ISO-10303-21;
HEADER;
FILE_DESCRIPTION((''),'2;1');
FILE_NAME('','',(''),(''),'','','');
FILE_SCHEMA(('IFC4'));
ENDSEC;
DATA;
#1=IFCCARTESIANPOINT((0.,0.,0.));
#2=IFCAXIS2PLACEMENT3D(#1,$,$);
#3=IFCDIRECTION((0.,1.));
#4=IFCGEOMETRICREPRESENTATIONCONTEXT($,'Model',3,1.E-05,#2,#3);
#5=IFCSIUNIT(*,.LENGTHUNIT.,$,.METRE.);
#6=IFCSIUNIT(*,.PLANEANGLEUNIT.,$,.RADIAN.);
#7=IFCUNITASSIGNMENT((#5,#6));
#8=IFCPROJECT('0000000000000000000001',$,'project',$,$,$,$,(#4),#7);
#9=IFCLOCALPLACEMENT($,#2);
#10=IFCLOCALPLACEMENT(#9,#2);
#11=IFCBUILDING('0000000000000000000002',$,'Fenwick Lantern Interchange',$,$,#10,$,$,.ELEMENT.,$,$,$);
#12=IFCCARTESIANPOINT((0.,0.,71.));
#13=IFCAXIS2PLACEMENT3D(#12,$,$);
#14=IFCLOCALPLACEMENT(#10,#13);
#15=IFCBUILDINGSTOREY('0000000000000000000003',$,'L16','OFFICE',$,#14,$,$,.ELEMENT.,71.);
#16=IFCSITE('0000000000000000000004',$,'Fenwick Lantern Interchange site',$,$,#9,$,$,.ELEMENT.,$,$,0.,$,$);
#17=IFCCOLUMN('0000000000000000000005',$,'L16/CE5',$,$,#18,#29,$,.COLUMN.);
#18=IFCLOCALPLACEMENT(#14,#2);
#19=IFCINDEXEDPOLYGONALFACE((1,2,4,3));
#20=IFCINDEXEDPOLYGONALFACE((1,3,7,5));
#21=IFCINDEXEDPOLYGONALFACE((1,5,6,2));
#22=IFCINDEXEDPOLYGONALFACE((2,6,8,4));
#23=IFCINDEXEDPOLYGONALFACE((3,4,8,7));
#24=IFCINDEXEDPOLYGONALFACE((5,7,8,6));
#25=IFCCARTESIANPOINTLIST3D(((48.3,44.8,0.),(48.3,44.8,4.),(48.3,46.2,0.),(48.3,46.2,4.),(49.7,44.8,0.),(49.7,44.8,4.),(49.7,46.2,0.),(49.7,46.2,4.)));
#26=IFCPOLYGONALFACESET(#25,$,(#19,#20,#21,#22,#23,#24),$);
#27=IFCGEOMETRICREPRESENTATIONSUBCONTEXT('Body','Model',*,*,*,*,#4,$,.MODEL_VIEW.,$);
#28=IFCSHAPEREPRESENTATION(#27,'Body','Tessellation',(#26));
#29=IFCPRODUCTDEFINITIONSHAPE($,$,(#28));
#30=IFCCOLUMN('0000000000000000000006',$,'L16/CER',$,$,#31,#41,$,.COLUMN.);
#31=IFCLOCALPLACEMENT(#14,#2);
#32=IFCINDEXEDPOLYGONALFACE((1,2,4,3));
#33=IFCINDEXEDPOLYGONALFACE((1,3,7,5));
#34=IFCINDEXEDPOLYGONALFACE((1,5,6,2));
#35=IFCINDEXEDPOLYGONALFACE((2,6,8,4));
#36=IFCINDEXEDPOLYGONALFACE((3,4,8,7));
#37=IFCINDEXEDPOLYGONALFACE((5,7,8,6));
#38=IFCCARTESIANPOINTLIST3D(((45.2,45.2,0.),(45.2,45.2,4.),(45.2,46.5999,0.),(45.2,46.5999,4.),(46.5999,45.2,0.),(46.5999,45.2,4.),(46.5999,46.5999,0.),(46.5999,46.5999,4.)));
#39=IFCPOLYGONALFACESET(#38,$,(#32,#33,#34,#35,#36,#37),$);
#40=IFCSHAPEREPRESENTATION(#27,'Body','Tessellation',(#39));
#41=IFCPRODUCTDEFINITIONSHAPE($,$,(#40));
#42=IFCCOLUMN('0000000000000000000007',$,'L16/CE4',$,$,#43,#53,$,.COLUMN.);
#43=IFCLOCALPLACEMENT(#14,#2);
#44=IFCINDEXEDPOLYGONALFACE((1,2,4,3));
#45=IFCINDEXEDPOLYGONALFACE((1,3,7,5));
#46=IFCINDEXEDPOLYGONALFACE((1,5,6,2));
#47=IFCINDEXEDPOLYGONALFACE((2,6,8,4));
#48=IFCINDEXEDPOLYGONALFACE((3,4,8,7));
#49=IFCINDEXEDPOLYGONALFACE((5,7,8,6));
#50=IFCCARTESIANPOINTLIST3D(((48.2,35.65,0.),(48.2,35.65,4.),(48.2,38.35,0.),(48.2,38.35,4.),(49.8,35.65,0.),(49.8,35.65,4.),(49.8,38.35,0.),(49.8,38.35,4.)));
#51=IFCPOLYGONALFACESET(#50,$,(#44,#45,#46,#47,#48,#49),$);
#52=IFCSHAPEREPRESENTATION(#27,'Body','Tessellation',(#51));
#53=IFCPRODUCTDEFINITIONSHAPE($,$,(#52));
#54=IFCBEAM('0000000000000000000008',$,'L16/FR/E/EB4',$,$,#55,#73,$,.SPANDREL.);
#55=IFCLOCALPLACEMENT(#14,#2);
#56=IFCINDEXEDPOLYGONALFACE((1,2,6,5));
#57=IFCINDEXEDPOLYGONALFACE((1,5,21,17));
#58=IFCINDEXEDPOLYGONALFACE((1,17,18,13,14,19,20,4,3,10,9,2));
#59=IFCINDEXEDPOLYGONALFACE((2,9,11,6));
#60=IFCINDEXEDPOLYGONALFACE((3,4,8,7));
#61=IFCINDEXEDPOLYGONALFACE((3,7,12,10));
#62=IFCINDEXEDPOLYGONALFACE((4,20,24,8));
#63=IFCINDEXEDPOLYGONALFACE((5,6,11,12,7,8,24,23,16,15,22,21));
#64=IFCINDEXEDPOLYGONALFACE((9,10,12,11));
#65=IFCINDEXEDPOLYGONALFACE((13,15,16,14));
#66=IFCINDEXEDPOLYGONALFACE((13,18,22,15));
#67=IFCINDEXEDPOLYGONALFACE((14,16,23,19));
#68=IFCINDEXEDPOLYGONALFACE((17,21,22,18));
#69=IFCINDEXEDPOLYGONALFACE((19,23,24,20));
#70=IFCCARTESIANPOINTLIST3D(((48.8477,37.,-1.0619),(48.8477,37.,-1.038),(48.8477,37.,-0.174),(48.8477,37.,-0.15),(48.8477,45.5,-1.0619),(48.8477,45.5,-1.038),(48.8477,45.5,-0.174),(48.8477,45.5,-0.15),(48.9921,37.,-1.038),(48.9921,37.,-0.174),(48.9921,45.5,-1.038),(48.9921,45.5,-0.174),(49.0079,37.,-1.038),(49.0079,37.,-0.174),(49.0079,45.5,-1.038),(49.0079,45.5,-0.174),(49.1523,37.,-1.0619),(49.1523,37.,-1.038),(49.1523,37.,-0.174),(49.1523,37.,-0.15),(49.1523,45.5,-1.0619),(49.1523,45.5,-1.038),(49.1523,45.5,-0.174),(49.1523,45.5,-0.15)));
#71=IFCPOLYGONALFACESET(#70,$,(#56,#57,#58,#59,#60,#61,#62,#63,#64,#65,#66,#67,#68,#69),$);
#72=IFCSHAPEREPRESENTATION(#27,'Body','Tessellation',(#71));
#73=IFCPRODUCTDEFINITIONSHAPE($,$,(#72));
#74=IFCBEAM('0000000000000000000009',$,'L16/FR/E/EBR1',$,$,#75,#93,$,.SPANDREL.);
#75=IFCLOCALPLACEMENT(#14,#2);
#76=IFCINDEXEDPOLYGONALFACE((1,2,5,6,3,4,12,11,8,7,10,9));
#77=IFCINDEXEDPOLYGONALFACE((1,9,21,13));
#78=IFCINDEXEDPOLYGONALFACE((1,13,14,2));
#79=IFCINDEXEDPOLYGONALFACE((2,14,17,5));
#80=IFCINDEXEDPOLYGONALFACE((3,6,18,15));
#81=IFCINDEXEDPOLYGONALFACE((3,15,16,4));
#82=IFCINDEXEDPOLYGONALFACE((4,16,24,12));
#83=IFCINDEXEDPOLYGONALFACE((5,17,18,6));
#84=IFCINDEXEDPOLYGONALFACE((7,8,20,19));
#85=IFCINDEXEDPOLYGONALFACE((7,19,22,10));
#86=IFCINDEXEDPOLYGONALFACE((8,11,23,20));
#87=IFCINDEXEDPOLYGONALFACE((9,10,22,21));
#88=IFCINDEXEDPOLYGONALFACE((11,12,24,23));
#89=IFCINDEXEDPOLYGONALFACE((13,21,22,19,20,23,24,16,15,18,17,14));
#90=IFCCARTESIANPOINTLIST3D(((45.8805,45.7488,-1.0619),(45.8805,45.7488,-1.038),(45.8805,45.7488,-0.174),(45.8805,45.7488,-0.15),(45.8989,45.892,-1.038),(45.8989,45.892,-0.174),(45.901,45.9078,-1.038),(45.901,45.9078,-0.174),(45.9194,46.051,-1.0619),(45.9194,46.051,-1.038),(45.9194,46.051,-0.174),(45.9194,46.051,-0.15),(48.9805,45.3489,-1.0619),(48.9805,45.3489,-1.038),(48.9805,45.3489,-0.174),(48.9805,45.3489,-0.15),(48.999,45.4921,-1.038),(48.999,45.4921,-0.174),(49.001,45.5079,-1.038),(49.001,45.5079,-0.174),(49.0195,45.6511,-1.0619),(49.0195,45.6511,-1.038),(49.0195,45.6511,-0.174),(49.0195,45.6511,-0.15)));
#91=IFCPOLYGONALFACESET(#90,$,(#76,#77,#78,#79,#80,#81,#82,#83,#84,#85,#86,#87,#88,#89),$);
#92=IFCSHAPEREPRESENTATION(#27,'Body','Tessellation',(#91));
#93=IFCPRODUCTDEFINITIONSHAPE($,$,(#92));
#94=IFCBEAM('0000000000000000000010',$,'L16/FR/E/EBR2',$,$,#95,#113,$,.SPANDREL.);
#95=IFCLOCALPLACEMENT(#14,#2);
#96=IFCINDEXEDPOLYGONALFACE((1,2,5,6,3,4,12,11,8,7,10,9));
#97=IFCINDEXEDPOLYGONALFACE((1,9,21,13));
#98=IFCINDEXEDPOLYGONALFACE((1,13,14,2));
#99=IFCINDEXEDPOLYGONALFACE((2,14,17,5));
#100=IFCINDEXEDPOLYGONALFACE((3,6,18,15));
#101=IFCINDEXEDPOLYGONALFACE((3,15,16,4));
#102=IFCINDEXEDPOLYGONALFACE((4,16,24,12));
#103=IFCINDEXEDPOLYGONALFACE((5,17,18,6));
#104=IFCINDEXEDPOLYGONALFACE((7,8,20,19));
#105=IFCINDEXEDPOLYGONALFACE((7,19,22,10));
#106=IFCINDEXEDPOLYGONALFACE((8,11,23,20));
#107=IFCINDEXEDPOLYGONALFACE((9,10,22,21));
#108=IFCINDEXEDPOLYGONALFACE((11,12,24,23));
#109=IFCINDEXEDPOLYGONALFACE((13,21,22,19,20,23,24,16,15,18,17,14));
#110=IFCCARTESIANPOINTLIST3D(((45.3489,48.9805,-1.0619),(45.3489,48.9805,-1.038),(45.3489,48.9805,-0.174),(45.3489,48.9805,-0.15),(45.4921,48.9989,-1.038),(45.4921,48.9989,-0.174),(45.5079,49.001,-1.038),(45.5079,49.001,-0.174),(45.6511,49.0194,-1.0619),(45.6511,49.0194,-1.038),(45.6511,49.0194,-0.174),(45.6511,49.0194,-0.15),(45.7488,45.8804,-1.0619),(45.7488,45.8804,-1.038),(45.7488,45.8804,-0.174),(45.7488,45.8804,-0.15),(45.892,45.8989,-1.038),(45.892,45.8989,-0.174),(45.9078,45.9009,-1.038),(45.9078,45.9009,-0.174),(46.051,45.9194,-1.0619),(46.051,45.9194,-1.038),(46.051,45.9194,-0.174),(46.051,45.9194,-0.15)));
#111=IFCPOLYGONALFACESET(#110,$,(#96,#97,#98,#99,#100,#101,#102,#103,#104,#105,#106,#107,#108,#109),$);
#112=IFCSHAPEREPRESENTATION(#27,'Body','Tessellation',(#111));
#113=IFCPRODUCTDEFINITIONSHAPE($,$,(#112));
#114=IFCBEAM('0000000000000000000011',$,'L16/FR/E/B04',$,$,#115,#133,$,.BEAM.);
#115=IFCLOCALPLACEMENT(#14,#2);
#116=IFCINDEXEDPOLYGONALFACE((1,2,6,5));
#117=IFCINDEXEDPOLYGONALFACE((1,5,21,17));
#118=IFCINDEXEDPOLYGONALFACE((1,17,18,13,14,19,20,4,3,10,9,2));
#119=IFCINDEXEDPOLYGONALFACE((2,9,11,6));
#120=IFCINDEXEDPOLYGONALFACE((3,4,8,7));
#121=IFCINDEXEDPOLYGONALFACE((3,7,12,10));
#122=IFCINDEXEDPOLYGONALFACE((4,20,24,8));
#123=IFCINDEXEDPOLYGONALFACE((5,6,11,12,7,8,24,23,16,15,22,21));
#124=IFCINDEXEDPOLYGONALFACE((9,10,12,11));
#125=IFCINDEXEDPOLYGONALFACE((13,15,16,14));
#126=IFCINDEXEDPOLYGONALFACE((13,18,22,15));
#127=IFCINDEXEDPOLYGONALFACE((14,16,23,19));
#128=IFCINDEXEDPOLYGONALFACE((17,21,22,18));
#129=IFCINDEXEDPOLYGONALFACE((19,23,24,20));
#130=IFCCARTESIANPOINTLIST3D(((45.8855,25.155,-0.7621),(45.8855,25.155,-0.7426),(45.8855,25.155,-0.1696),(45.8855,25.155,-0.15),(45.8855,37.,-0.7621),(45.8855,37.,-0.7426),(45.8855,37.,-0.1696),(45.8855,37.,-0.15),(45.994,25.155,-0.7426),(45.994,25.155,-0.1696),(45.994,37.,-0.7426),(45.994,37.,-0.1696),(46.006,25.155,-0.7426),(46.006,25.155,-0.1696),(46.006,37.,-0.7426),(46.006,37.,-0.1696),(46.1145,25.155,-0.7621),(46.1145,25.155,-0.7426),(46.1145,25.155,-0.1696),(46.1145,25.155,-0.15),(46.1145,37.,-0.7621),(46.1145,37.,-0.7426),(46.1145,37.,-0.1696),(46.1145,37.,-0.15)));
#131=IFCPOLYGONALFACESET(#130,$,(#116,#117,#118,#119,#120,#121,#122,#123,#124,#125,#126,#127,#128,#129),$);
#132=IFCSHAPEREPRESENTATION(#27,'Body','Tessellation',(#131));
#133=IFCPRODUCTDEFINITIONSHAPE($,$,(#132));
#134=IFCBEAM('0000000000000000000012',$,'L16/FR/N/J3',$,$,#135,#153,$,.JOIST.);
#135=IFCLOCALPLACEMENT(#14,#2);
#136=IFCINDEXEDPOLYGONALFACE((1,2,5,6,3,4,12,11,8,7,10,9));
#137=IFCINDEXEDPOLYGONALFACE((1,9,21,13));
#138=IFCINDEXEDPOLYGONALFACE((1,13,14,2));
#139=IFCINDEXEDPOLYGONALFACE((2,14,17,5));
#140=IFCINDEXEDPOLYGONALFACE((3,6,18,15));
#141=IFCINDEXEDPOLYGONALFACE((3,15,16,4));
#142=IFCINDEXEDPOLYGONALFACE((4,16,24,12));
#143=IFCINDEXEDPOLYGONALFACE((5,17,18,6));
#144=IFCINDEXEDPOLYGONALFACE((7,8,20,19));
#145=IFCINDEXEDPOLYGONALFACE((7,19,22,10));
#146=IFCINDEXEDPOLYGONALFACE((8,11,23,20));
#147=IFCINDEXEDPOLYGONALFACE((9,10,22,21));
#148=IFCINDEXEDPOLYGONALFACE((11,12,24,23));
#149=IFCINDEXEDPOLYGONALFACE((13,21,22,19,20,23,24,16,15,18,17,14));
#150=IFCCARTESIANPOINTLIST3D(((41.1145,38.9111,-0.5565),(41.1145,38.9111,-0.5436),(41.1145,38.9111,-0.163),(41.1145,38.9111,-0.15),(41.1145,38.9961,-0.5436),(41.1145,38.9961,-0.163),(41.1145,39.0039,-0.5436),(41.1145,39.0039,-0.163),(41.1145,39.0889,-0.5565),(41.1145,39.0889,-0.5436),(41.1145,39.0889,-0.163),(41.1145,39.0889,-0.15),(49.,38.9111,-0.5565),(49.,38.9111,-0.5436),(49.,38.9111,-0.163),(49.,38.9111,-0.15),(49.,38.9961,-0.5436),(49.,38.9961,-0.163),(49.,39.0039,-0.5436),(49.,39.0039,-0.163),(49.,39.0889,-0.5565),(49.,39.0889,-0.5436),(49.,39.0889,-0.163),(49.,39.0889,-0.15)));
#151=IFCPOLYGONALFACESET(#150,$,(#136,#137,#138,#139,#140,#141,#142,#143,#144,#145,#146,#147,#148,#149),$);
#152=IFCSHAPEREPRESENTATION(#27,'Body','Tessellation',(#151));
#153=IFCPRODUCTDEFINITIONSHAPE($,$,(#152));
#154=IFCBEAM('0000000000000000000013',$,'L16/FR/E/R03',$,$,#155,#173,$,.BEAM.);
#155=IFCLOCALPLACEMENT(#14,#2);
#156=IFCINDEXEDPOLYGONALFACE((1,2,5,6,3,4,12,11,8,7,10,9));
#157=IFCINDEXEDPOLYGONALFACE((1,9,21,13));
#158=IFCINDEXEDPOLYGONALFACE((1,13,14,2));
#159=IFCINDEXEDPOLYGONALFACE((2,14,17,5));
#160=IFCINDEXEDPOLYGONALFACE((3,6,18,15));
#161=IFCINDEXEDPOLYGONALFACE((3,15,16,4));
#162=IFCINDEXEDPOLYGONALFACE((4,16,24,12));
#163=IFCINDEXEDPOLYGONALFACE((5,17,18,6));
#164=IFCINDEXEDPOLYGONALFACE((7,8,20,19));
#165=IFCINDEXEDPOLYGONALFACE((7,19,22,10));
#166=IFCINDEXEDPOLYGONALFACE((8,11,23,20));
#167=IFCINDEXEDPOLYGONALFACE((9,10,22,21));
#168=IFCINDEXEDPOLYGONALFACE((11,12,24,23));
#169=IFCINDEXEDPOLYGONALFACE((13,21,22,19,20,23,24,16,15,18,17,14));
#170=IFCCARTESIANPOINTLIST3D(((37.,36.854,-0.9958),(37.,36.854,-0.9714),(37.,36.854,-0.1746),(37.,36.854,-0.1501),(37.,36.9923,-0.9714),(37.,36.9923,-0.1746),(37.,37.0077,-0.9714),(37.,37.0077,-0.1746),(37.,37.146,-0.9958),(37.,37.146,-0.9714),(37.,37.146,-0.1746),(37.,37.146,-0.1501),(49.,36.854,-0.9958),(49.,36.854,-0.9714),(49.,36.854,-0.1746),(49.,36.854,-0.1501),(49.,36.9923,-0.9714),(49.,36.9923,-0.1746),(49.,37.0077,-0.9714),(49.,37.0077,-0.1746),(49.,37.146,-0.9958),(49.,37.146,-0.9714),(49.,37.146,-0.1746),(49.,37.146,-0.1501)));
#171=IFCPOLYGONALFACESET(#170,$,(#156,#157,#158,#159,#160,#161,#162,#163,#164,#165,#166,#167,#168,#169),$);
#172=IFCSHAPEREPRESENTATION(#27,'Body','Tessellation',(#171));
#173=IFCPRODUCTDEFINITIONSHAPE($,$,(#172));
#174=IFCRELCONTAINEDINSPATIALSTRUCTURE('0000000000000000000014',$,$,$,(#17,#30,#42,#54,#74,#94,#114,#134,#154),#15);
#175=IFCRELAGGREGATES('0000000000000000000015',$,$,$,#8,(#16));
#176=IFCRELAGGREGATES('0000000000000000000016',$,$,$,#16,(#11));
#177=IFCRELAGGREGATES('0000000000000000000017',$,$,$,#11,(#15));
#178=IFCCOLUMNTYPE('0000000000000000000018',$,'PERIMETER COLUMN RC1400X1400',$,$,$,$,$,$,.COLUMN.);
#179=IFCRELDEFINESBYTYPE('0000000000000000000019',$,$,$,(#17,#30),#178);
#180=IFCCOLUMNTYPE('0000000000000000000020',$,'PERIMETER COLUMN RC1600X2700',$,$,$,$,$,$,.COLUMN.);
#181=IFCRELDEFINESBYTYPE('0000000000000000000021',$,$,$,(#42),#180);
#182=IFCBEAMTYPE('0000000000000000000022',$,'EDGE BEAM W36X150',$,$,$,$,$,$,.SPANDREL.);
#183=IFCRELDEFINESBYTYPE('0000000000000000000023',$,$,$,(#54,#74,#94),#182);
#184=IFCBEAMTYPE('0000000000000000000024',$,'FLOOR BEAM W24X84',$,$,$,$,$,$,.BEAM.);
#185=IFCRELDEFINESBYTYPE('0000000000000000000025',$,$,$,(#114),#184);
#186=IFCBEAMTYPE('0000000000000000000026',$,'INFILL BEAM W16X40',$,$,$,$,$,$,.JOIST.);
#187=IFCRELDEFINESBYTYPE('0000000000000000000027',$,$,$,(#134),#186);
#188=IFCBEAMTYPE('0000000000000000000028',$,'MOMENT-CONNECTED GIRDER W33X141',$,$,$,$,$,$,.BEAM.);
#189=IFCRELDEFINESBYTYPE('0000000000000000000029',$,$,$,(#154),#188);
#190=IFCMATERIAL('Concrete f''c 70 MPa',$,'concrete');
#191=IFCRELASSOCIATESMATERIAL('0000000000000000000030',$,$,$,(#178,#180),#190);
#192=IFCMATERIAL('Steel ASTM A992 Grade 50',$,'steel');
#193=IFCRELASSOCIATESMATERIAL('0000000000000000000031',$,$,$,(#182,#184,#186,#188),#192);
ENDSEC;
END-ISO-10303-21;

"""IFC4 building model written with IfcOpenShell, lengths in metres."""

from ifc_helpers import new_model, si_unit, direction, frame, origin, origin_2d, place, context, subcontext, project, spatial, rectangle, i_section, extrude, material, material_profile, profile_set, type_object, element, save


model = new_model("IFC4")

# Units and contexts
model_context = context("Model", 3, precision=1e-05, world=origin(), true_north=direction((0.0, 1.0)))
body_context = subcontext(model_context, "Body", "Model", "MODEL_VIEW")
ifc_project = project(units=[si_unit("LENGTHUNIT", "METRE"), si_unit("PLANEANGLEUNIT", "RADIAN")], contexts=[model_context])

# Site, building, storey
site_placement = place(None, origin())
site = spatial("IfcSite", under=ifc_project, at=site_placement, Name="Fenwick Lantern Interchange site", CompositionType="ELEMENT", RefElevation=0.0)
building_placement = place(site_placement, origin())
building = spatial("IfcBuilding", under=site, at=building_placement, Name="Fenwick Lantern Interchange", CompositionType="ELEMENT")
storey_placement = place(building_placement, frame((0.0, 0.0, 71.0)))
storey = spatial("IfcBuildingStorey", under=building, at=storey_placement, Name="L16", Description="OFFICE", CompositionType="ELEMENT", Elevation=71.0)

# Columns
ifc_material_1 = material(Name="Concrete f'c 70 MPa", Category="concrete")
ifc_material_profile_1 = material_profile(ifc_material_1, rectangle(XDim=1.3999, YDim=1.3999, at=origin_2d()), Name="RC1400X1400")
ifc_profile_set_1 = profile_set([ifc_material_profile_1], Name="Concrete f'c 70 MPa")
column_type_1 = type_object("IfcColumnType", Name="PERIMETER COLUMN RC1400X1400", PredefinedType="COLUMN", material=ifc_profile_set_1)
for number, where, z_axis, x_axis, name in (
    (1, (49.0, 45.5, 0.0), (0.0, 0.0, 1.0), (1.0, 0.0, 0.0), "L16/CE5"),
    (2, (45.8999, 45.8999, 0.0), (0.0, 0.0, 1.0), (1.0, 0.0, 0.0), "L16/CER"),
):
    element("IfcColumn", number, at=place(storey_placement, frame(where, z_axis=z_axis, x_axis=x_axis)), inside=storey, type_object=column_type_1, Name=name, PredefinedType="COLUMN", context=body_context, shape_type="SweptSolid", body=[
        extrude(rectangle(XDim=1.3999, YDim=1.3999, at=origin_2d()), origin(), (0.0, 0.0, 1.0), 4.0),
    ])
ifc_material_profile_2 = material_profile(ifc_material_1, rectangle(XDim=1.6001, YDim=2.7, at=origin_2d()), Name="RC1600X2700")
ifc_profile_set_2 = profile_set([ifc_material_profile_2], Name="Concrete f'c 70 MPa")
column_type_2 = type_object("IfcColumnType", Name="PERIMETER COLUMN RC1600X2700", PredefinedType="COLUMN", material=ifc_profile_set_2)
column_placement = place(storey_placement, frame((49.0, 37.0, 0.0), z_axis=(0.0, 0.0, 1.0), x_axis=(1.0, 0.0, 0.0)))
element("IfcColumn", 3, at=column_placement, inside=storey, type_object=column_type_2, Name="L16/CE4", PredefinedType="COLUMN", context=body_context, shape_type="SweptSolid", body=[
    extrude(rectangle(XDim=1.6001, YDim=2.7, at=origin_2d()), origin(), (0.0, 0.0, 1.0), 4.0),
])

# Beams
ifc_material_2 = material(Name="Steel ASTM A992 Grade 50", Category="steel")
ifc_material_profile_3 = material_profile(ifc_material_2, i_section(OverallWidth=0.3047, OverallDepth=0.9119, WebThickness=0.0159, FlangeThickness=0.0239, at=origin_2d()), Name="W36X150")
ifc_profile_set_3 = profile_set([ifc_material_profile_3], Name="Steel ASTM A992 Grade 50")
beam_type_1 = type_object("IfcBeamType", Name="EDGE BEAM W36X150", PredefinedType="SPANDREL", material=ifc_profile_set_3)
beam_1_placement = place(storey_placement, frame((49.0, 37.0, -0.606), z_axis=(0.0, 1.0, 0.0), x_axis=(-1.0, 0.0, 0.0)))
element("IfcBeam", 4, at=beam_1_placement, inside=storey, type_object=beam_type_1, Name="L16/FR/E/EB4", PredefinedType="SPANDREL", context=body_context, shape_type="SweptSolid", body=[
    extrude(i_section(OverallWidth=0.3047, OverallDepth=0.9119, WebThickness=0.0159, FlangeThickness=0.0239, at=origin_2d()), origin(), (0.0, 0.0, 1.0), 8.5),
])
for number, where, z_axis, x_axis, name in (
    (5, (49.0, 45.5, -0.606), (-0.991782, 0.127937, 0.0), (-0.127937, -0.991782, 0.0), "L16/FR/E/EBR1"),
    (6, (45.8999, 45.8999, -0.606), (-0.127937, 0.991782, 0.0), (-0.991782, -0.127937, 0.0), "L16/FR/E/EBR2"),
):
    element("IfcBeam", number, at=place(storey_placement, frame(where, z_axis=z_axis, x_axis=x_axis)), inside=storey, type_object=beam_type_1, Name=name, PredefinedType="SPANDREL", context=body_context, shape_type="SweptSolid", body=[
        extrude(i_section(OverallWidth=0.3047, OverallDepth=0.9119, WebThickness=0.0159, FlangeThickness=0.0239, at=origin_2d()), origin(), (0.0, 0.0, 1.0), 3.1257),
    ])
ifc_material_profile_4 = material_profile(ifc_material_2, i_section(OverallWidth=0.229, OverallDepth=0.6121, WebThickness=0.012, FlangeThickness=0.0195, at=origin_2d()), Name="W24X84")
ifc_profile_set_4 = profile_set([ifc_material_profile_4], Name="Steel ASTM A992 Grade 50")
beam_type_2 = type_object("IfcBeamType", Name="FLOOR BEAM W24X84", PredefinedType="BEAM", material=ifc_profile_set_4)
beam_2_placement = place(storey_placement, frame((46.0, 25.155, -0.4561), z_axis=(0.0, 1.0, 0.0), x_axis=(-1.0, 0.0, 0.0)))
element("IfcBeam", 7, at=beam_2_placement, inside=storey, type_object=beam_type_2, Name="L16/FR/E/B04", PredefinedType="BEAM", context=body_context, shape_type="SweptSolid", body=[
    extrude(i_section(OverallWidth=0.229, OverallDepth=0.6121, WebThickness=0.012, FlangeThickness=0.0195, at=origin_2d()), origin(), (0.0, 0.0, 1.0), 11.845),
])
ifc_material_profile_5 = material_profile(ifc_material_2, i_section(OverallWidth=0.1777, OverallDepth=0.4065, WebThickness=0.0078, FlangeThickness=0.0129, at=origin_2d()), Name="W16X40")
ifc_profile_set_5 = profile_set([ifc_material_profile_5], Name="Steel ASTM A992 Grade 50")
beam_type_3 = type_object("IfcBeamType", Name="INFILL BEAM W16X40", PredefinedType="JOIST", material=ifc_profile_set_5)
beam_3_placement = place(storey_placement, frame((49.0, 39.0, -0.3533), z_axis=(-1.0, 0.0, 0.0), x_axis=(0.0, -1.0, 0.0)))
element("IfcBeam", 8, at=beam_3_placement, inside=storey, type_object=beam_type_3, Name="L16/FR/N/J3", PredefinedType="JOIST", context=body_context, shape_type="SweptSolid", body=[
    extrude(i_section(OverallWidth=0.1777, OverallDepth=0.4065, WebThickness=0.0078, FlangeThickness=0.0129, at=origin_2d()), origin(), (0.0, 0.0, 1.0), 7.8855),
])
ifc_material_profile_6 = material_profile(ifc_material_2, i_section(OverallWidth=0.292, OverallDepth=0.8457, WebThickness=0.0154, FlangeThickness=0.0244, at=origin_2d()), Name="W33X141")
ifc_profile_set_6 = profile_set([ifc_material_profile_6], Name="Steel ASTM A992 Grade 50")
beam_type_4 = type_object("IfcBeamType", Name="MOMENT-CONNECTED GIRDER W33X141", PredefinedType="BEAM", material=ifc_profile_set_6)
beam_4_placement = place(storey_placement, frame((49.0, 37.0, -0.573), z_axis=(-1.0, 0.0, 0.0), x_axis=(0.0, -1.0, 0.0)))
element("IfcBeam", 9, at=beam_4_placement, inside=storey, type_object=beam_type_4, Name="L16/FR/E/R03", PredefinedType="BEAM", context=body_context, shape_type="SweptSolid", body=[
    extrude(i_section(OverallWidth=0.292, OverallDepth=0.8457, WebThickness=0.0154, FlangeThickness=0.0244, at=origin_2d()), origin(), (0.0, 0.0, 1.0), 12.0),
])

save(model, "model.ifc")
